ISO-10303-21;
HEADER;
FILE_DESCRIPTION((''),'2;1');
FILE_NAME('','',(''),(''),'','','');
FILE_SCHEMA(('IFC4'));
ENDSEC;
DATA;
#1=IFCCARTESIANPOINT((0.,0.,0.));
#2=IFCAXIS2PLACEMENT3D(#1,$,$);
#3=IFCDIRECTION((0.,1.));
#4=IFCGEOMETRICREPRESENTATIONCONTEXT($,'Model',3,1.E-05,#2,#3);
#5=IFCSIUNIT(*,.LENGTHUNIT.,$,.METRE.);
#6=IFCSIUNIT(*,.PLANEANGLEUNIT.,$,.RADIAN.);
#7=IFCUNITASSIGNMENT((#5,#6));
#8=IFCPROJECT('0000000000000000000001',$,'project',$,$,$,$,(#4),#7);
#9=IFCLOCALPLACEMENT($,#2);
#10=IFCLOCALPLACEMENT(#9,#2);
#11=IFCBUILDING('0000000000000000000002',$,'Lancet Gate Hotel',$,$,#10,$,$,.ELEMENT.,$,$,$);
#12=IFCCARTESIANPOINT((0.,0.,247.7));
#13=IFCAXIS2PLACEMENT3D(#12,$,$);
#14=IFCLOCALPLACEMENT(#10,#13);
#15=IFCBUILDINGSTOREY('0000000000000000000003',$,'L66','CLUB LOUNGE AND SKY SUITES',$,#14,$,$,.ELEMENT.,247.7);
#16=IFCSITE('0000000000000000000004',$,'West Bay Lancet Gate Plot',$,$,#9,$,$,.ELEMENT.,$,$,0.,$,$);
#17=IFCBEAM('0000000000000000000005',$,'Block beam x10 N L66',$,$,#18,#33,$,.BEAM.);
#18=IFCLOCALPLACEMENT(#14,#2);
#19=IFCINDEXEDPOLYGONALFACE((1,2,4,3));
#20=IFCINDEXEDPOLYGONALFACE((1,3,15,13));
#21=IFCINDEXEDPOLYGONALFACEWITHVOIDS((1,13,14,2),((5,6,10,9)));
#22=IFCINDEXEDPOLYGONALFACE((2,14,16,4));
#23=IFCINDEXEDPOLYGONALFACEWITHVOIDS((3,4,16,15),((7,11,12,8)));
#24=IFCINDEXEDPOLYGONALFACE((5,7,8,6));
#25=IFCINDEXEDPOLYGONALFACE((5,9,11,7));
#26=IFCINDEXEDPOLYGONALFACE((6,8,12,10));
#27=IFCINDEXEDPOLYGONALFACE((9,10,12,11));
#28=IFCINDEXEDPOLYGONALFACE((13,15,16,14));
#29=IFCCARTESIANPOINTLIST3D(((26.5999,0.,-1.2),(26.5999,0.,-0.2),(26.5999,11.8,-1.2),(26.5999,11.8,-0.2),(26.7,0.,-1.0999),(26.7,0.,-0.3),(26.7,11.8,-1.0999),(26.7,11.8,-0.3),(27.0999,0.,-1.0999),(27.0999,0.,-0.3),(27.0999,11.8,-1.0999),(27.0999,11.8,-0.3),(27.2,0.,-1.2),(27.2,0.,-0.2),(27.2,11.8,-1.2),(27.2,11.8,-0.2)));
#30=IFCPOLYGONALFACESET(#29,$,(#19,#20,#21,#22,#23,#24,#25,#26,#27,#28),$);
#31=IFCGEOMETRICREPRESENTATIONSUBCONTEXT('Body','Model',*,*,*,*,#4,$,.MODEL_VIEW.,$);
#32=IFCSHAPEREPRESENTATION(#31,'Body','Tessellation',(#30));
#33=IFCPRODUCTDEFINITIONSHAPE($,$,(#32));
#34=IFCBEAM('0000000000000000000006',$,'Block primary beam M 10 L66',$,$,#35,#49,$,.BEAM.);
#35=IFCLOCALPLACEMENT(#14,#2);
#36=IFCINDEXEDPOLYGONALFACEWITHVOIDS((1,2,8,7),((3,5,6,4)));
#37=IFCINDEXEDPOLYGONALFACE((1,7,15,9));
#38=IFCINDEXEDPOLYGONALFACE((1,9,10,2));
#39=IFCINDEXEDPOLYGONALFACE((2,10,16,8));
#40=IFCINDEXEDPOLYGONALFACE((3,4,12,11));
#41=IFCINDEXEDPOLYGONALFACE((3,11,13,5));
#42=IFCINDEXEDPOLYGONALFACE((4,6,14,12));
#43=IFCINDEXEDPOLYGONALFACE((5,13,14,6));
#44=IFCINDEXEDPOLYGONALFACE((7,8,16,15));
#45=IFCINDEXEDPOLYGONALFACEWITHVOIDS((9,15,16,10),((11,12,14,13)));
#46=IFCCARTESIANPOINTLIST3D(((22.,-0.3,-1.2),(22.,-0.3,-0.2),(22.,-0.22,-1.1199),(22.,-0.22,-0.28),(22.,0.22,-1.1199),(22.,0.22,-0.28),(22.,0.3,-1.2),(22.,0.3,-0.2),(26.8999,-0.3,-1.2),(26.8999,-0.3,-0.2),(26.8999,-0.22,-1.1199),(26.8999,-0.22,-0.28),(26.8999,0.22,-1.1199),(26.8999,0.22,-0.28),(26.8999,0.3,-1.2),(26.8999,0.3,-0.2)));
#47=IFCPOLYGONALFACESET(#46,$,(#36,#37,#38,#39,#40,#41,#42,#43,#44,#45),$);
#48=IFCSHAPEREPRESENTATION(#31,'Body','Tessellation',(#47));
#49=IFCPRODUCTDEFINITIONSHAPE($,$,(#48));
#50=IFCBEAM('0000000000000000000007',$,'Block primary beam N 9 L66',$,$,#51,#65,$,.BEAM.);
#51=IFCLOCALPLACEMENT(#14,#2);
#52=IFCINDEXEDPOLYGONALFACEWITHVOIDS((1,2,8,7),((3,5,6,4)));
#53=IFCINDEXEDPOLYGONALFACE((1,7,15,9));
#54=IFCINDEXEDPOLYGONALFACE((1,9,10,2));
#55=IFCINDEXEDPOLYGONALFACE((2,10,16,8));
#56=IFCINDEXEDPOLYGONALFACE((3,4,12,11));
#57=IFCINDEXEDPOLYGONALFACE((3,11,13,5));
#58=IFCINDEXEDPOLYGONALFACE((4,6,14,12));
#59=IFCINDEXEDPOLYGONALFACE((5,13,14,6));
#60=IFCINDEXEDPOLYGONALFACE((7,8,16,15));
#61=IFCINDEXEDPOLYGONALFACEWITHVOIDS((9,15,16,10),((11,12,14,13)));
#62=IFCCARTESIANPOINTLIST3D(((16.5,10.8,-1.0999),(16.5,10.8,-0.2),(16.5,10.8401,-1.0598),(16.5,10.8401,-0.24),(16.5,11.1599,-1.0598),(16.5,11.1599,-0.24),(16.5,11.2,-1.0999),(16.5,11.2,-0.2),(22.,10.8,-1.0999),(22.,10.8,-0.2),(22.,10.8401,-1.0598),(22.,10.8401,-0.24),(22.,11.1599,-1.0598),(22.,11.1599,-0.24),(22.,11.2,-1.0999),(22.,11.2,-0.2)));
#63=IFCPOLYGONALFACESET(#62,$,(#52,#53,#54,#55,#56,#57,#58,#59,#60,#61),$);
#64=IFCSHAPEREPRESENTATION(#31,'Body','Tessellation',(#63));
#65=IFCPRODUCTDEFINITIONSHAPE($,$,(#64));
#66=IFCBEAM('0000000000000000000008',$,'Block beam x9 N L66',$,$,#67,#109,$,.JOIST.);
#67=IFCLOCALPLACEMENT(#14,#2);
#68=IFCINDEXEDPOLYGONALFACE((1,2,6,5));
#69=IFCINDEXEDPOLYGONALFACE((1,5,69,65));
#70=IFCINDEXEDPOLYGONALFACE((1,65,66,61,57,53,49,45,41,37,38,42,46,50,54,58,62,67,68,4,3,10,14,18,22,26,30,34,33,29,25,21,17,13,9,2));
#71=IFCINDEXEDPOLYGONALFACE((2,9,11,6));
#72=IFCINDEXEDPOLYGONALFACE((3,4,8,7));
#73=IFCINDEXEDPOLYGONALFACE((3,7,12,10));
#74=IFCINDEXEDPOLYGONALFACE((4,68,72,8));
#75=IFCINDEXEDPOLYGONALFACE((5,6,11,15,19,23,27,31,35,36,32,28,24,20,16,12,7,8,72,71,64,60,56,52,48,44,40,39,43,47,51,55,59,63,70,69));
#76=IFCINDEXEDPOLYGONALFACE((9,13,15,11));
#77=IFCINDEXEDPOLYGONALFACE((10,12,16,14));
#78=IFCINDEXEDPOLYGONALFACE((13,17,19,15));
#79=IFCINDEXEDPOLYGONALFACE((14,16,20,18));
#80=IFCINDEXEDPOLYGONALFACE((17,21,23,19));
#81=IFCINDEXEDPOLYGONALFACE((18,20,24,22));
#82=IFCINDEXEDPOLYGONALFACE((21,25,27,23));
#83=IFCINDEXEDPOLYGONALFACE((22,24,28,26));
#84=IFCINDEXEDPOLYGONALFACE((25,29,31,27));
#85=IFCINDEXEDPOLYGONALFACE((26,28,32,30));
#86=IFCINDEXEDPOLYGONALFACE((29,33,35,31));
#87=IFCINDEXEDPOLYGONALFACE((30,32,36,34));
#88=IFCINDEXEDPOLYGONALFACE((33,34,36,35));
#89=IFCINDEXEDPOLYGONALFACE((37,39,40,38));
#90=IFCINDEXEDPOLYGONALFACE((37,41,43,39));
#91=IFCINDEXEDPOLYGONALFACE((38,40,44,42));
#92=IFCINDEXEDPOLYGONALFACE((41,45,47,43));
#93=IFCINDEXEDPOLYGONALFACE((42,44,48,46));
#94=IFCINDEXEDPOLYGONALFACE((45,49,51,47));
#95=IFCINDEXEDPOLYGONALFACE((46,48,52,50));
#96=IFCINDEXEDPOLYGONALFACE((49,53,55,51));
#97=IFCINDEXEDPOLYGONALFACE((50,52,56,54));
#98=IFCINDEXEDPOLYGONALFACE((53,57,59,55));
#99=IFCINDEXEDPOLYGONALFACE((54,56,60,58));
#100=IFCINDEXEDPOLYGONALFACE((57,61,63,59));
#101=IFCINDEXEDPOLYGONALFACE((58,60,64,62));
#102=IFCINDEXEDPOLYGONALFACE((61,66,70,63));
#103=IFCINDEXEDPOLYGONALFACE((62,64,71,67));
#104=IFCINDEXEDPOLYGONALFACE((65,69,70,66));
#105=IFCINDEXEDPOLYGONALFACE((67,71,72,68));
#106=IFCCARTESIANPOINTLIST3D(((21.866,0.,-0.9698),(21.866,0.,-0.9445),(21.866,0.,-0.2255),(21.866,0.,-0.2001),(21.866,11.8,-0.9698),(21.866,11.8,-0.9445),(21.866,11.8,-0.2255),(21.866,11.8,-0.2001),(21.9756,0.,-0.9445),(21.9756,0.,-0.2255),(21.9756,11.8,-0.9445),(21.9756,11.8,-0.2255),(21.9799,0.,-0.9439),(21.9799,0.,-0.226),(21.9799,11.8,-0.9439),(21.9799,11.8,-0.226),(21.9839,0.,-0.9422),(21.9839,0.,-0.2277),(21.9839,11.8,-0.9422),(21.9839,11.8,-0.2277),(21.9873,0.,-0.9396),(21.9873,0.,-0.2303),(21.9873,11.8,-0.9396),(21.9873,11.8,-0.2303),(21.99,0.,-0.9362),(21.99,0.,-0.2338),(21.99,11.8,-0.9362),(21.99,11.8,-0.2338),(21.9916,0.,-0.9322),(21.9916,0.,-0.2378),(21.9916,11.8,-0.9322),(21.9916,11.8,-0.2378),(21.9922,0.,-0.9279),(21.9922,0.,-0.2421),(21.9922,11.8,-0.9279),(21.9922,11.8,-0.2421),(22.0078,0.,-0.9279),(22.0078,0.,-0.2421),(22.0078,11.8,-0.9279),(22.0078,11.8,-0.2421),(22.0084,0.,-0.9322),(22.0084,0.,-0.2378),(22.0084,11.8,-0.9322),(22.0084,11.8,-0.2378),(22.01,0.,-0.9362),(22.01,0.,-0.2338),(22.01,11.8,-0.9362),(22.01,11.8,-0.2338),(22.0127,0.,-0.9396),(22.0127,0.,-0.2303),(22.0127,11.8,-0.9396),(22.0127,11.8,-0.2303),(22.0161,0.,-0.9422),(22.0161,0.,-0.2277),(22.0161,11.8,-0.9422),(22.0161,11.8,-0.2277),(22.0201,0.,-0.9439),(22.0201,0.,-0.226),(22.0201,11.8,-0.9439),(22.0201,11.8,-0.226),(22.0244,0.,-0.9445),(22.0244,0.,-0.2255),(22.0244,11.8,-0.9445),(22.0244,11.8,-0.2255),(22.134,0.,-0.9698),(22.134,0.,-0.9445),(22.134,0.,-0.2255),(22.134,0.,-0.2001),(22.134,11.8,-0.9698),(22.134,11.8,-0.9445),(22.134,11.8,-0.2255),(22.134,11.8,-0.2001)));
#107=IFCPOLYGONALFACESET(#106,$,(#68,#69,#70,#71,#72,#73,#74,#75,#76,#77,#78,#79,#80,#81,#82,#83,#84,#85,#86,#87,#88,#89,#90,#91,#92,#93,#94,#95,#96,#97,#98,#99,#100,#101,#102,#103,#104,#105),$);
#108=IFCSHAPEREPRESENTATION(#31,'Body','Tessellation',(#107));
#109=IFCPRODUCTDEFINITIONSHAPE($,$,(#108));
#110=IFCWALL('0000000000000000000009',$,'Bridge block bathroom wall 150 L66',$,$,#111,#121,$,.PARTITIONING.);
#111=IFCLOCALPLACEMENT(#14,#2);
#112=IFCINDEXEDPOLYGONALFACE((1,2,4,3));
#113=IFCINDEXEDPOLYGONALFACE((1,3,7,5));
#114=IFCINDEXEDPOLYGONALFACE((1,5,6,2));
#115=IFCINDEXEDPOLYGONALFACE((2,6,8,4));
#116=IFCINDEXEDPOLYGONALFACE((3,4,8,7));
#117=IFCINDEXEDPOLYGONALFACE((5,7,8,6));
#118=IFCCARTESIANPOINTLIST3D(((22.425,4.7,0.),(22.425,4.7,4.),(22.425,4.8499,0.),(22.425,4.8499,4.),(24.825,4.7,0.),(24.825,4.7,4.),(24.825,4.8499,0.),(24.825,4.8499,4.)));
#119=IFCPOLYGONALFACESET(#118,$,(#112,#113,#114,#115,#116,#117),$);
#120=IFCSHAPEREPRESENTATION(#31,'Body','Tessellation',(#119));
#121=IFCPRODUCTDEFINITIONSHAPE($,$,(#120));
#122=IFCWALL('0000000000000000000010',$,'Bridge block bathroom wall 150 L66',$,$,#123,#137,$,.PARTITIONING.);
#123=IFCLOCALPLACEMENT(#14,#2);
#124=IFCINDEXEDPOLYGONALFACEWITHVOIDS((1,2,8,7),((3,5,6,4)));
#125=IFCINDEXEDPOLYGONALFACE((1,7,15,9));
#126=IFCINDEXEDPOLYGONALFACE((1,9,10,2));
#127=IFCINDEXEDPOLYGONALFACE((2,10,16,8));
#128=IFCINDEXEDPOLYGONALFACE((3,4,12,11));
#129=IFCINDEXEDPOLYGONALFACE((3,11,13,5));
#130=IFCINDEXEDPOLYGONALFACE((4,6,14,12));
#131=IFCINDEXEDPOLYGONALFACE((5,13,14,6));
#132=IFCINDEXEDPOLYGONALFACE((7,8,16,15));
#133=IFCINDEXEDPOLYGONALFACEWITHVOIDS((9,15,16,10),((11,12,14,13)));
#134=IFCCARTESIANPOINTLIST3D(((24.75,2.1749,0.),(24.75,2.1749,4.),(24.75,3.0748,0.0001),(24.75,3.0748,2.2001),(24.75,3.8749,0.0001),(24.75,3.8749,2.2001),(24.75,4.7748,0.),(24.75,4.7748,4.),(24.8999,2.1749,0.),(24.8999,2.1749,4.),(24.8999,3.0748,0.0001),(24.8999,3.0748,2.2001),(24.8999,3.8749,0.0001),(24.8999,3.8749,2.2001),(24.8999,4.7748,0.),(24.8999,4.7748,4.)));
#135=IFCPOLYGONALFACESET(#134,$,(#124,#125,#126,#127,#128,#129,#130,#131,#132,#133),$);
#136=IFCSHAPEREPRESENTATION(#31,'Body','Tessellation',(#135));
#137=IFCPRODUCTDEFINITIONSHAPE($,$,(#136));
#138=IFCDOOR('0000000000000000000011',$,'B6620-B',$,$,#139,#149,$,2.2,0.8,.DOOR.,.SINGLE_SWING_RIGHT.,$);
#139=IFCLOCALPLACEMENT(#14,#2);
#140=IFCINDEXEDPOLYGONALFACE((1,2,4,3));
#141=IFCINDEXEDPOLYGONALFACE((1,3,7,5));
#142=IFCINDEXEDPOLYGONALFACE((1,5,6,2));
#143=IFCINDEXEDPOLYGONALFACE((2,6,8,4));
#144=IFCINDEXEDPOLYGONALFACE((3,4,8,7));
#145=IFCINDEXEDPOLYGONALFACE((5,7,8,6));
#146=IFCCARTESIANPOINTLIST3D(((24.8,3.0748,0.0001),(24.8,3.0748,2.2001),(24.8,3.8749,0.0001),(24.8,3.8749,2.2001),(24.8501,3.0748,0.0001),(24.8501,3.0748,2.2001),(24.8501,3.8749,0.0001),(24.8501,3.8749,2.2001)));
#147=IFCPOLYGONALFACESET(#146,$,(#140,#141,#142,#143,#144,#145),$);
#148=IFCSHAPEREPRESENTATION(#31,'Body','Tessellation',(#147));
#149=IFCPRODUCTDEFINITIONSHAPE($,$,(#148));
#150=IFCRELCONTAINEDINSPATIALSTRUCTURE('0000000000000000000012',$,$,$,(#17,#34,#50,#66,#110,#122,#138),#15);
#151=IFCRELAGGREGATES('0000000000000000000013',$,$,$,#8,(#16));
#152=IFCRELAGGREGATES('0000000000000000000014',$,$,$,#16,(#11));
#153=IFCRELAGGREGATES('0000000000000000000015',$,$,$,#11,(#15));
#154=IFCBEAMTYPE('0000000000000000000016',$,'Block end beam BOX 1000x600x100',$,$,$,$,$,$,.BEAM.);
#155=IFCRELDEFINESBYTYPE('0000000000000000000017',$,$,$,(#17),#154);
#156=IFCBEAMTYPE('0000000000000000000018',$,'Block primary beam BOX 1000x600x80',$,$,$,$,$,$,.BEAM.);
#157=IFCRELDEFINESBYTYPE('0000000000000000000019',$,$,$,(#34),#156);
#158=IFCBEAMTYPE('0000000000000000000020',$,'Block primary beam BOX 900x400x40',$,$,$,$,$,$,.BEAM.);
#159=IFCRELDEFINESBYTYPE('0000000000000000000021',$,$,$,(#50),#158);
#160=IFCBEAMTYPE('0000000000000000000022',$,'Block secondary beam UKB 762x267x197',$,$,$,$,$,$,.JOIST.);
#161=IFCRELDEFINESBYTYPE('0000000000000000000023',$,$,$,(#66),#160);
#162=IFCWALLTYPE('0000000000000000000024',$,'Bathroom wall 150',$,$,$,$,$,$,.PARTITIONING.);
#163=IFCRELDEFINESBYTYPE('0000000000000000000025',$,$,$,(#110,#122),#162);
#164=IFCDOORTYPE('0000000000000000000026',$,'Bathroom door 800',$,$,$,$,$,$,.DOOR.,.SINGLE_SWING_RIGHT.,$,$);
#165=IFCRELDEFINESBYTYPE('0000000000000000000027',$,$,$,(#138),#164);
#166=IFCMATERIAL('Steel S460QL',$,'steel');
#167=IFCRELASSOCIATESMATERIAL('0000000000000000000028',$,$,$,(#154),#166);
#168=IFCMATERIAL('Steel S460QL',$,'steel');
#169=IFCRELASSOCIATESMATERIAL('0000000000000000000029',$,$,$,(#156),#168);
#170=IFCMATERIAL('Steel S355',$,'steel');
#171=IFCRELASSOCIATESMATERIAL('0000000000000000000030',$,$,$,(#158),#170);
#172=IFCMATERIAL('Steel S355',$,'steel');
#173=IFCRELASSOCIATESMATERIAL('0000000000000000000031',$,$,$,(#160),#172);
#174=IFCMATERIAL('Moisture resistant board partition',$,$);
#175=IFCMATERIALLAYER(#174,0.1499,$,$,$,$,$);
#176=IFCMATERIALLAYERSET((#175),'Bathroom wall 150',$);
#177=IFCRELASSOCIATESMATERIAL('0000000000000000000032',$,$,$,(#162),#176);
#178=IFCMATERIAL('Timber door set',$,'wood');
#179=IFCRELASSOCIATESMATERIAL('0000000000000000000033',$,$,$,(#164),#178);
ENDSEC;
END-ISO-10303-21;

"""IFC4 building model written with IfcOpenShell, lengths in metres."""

from ifc_helpers import new_model, si_unit, direction, frame, frame_2d, origin, origin_2d, place, context, subcontext, project, spatial, rectangle, hollow_rectangle, i_section, extrude, material, layer, layer_set, material_profile, profile_set, type_object, element, fill, save


model = new_model("IFC4")

# Units and contexts
model_context = context("Model", 3, precision=1e-05, world=origin(), true_north=direction((0.0, 1.0)))
body_context = subcontext(model_context, "Body", "Model", "MODEL_VIEW")
ifc_project = project(units=[si_unit("LENGTHUNIT", "METRE"), si_unit("PLANEANGLEUNIT", "RADIAN")], contexts=[model_context])

# Site, building, storey
site_placement = place(None, origin())
site = spatial("IfcSite", under=ifc_project, at=site_placement, Name="West Bay Lancet Gate Plot", CompositionType="ELEMENT", RefElevation=0.0)
building_placement = place(site_placement, origin())
building = spatial("IfcBuilding", under=site, at=building_placement, Name="Lancet Gate Hotel", CompositionType="ELEMENT")
storey_placement = place(building_placement, frame((0.0, 0.0, 247.7)))
storey = spatial("IfcBuildingStorey", under=building, at=storey_placement, Name="L66", Description="CLUB LOUNGE AND SKY SUITES", CompositionType="ELEMENT", Elevation=247.7)

# Beams
ifc_material_1 = material(Name="Steel S460QL", Category="steel")
ifc_material_profile_1 = material_profile(ifc_material_1, hollow_rectangle(XDim=0.6001, YDim=1.0, WallThickness=0.1001, at=origin_2d()), Name="BOX 1000x600x100")
ifc_profile_set_1 = profile_set([ifc_material_profile_1], Name="Steel S460QL")
beam_type_1 = type_object("IfcBeamType", Name="Block end beam BOX 1000x600x100", PredefinedType="BEAM", material=ifc_profile_set_1)
beam_1_placement = place(storey_placement, frame((26.8999, 0.0, -0.7), z_axis=(0.0, 1.0, 0.0), x_axis=(-1.0, 0.0, 0.0)))
element("IfcBeam", 1, at=beam_1_placement, inside=storey, type_object=beam_type_1, Name="Block beam x10 N L66", PredefinedType="BEAM", context=body_context, shape_type="SweptSolid", body=[
    extrude(hollow_rectangle(XDim=0.6001, YDim=1.0, WallThickness=0.1001, at=origin_2d()), origin(), (0.0, 0.0, 1.0), 11.8),
])
ifc_material_2 = material(Name="Steel S460QL", Category="steel")
ifc_material_profile_2 = material_profile(ifc_material_2, hollow_rectangle(XDim=0.6001, YDim=1.0, WallThickness=0.0801, at=origin_2d()), Name="BOX 1000x600x80")
ifc_profile_set_2 = profile_set([ifc_material_profile_2], Name="Steel S460QL")
beam_type_2 = type_object("IfcBeamType", Name="Block primary beam BOX 1000x600x80", PredefinedType="BEAM", material=ifc_profile_set_2)
beam_2_placement = place(storey_placement, frame((22.0, 0.0, -0.7), z_axis=(1.0, 0.0, 0.0), x_axis=(0.0, 1.0, 0.0)))
element("IfcBeam", 2, at=beam_2_placement, inside=storey, type_object=beam_type_2, Name="Block primary beam M 10 L66", PredefinedType="BEAM", context=body_context, shape_type="SweptSolid", body=[
    extrude(hollow_rectangle(XDim=0.6001, YDim=1.0, WallThickness=0.0801, at=origin_2d()), origin(), (0.0, 0.0, 1.0), 4.8999),
])
ifc_material_3 = material(Name="Steel S355", Category="steel")
ifc_material_profile_3 = material_profile(ifc_material_3, hollow_rectangle(XDim=0.3999, YDim=0.8999, WallThickness=0.04, at=origin_2d()), Name="BOX 900x400x40")
ifc_profile_set_3 = profile_set([ifc_material_profile_3], Name="Steel S355")
beam_type_3 = type_object("IfcBeamType", Name="Block primary beam BOX 900x400x40", PredefinedType="BEAM", material=ifc_profile_set_3)
beam_3_placement = place(storey_placement, frame((16.5, 11.0, -0.6499), z_axis=(1.0, 0.0, 0.0), x_axis=(0.0, 1.0, 0.0)))
element("IfcBeam", 3, at=beam_3_placement, inside=storey, type_object=beam_type_3, Name="Block primary beam N 9 L66", PredefinedType="BEAM", context=body_context, shape_type="SweptSolid", body=[
    extrude(hollow_rectangle(XDim=0.3999, YDim=0.8999, WallThickness=0.04, at=origin_2d()), origin(), (0.0, 0.0, 1.0), 5.5),
])
ifc_material_4 = material(Name="Steel S355", Category="steel")
ifc_material_profile_4 = material_profile(ifc_material_4, i_section(OverallWidth=0.2681, OverallDepth=0.7698, WebThickness=0.0156, FlangeThickness=0.0254, FilletRadius=0.0166, at=origin_2d()), Name="UKB 762x267x197")
ifc_profile_set_4 = profile_set([ifc_material_profile_4], Name="Steel S355")
beam_type_4 = type_object("IfcBeamType", Name="Block secondary beam UKB 762x267x197", PredefinedType="JOIST", material=ifc_profile_set_4)
beam_4_placement = place(storey_placement, frame((22.0, 0.0, -0.585), z_axis=(0.0, 1.0, 0.0), x_axis=(-1.0, 0.0, 0.0)))
element("IfcBeam", 4, at=beam_4_placement, inside=storey, type_object=beam_type_4, Name="Block beam x9 N L66", PredefinedType="JOIST", context=body_context, shape_type="SweptSolid", body=[
    extrude(i_section(OverallWidth=0.2681, OverallDepth=0.7698, WebThickness=0.0156, FlangeThickness=0.0254, FilletRadius=0.0166, at=origin_2d()), origin(), (0.0, 0.0, 1.0), 11.8),
])

# Wall
ifc_material_5 = material(Name="Moisture resistant board partition")
ifc_layer_1 = layer(ifc_material_5, 0.1499)
ifc_layer_set_1 = layer_set([ifc_layer_1], Name="Bathroom wall 150")
wall_type_1 = type_object("IfcWallType", Name="Bathroom wall 150", PredefinedType="PARTITIONING", material=ifc_layer_set_1)
wall_1_placement = place(storey_placement, frame((22.425, 4.7749, 0.0), z_axis=(0.0, 0.0, 1.0), x_axis=(1.0, 0.0, 0.0)))
element("IfcWall", 5, at=wall_1_placement, inside=storey, type_object=wall_type_1, Name="Bridge block bathroom wall 150 L66", PredefinedType="PARTITIONING", context=body_context, shape_type="SweptSolid", body=[
    extrude(rectangle(XDim=2.3999, YDim=0.1499, at=frame_2d((1.2, 0.0))), origin(), (0.0, 0.0, 1.0), 4.0),
])

# Wall, opening, door
wall_2_placement = place(storey_placement, frame((24.825, 2.175, 0.0), z_axis=(0.0, 0.0, 1.0), x_axis=(0.0, 1.0, 0.0)))
wall_2 = element("IfcWall", 6, at=wall_2_placement, inside=storey, type_object=wall_type_1, Name="Bridge block bathroom wall 150 L66", PredefinedType="PARTITIONING", context=body_context, shape_type="SweptSolid", body=[
    extrude(rectangle(XDim=2.5999, YDim=0.1499, at=frame_2d((1.2998, 0.0))), origin(), (0.0, 0.0, 1.0), 4.0),
])
opening_1_placement = place(wall_2_placement, frame((0.8999, 0.0, 0.0)))
opening_1 = element("IfcOpeningElement", 7, at=opening_1_placement, cuts=wall_2, PredefinedType="OPENING", context=body_context, shape_type="SweptSolid", body=[
    extrude(rectangle(XDim=0.8, YDim=2.2, at=frame_2d((0.3999, 1.1001))), frame((0.0, 0.085, 0.0), z_axis=(0.0, -1.0, 0.0), x_axis=(1.0, 0.0, 0.0)), (0.0, 0.0, 1.0), 0.1699),
])
ifc_material_6 = material(Name="Timber door set", Category="wood")
door_type_1 = type_object("IfcDoorType", Name="Bathroom door 800", OperationType="SINGLE_SWING_RIGHT", PredefinedType="DOOR", material=ifc_material_6)
door_1_placement = place(opening_1_placement, origin())
door_1 = element("IfcDoor", 8, at=door_1_placement, inside=storey, type_object=door_type_1, Name="B6620-B", OperationType="SINGLE_SWING_RIGHT", OverallHeight=2.2, OverallWidth=0.8, PredefinedType="DOOR", context=body_context, shape_type="SweptSolid", body=[
    extrude(rectangle(XDim=0.8, YDim=2.2, at=frame_2d((0.3999, 1.1001))), frame((0.0, 0.0249, 0.0), z_axis=(0.0, -1.0, 0.0), x_axis=(1.0, 0.0, 0.0)), (0.0, 0.0, 1.0), 0.05),
])
fill(opening_1, door_1)

save(model, "model.ifc")
